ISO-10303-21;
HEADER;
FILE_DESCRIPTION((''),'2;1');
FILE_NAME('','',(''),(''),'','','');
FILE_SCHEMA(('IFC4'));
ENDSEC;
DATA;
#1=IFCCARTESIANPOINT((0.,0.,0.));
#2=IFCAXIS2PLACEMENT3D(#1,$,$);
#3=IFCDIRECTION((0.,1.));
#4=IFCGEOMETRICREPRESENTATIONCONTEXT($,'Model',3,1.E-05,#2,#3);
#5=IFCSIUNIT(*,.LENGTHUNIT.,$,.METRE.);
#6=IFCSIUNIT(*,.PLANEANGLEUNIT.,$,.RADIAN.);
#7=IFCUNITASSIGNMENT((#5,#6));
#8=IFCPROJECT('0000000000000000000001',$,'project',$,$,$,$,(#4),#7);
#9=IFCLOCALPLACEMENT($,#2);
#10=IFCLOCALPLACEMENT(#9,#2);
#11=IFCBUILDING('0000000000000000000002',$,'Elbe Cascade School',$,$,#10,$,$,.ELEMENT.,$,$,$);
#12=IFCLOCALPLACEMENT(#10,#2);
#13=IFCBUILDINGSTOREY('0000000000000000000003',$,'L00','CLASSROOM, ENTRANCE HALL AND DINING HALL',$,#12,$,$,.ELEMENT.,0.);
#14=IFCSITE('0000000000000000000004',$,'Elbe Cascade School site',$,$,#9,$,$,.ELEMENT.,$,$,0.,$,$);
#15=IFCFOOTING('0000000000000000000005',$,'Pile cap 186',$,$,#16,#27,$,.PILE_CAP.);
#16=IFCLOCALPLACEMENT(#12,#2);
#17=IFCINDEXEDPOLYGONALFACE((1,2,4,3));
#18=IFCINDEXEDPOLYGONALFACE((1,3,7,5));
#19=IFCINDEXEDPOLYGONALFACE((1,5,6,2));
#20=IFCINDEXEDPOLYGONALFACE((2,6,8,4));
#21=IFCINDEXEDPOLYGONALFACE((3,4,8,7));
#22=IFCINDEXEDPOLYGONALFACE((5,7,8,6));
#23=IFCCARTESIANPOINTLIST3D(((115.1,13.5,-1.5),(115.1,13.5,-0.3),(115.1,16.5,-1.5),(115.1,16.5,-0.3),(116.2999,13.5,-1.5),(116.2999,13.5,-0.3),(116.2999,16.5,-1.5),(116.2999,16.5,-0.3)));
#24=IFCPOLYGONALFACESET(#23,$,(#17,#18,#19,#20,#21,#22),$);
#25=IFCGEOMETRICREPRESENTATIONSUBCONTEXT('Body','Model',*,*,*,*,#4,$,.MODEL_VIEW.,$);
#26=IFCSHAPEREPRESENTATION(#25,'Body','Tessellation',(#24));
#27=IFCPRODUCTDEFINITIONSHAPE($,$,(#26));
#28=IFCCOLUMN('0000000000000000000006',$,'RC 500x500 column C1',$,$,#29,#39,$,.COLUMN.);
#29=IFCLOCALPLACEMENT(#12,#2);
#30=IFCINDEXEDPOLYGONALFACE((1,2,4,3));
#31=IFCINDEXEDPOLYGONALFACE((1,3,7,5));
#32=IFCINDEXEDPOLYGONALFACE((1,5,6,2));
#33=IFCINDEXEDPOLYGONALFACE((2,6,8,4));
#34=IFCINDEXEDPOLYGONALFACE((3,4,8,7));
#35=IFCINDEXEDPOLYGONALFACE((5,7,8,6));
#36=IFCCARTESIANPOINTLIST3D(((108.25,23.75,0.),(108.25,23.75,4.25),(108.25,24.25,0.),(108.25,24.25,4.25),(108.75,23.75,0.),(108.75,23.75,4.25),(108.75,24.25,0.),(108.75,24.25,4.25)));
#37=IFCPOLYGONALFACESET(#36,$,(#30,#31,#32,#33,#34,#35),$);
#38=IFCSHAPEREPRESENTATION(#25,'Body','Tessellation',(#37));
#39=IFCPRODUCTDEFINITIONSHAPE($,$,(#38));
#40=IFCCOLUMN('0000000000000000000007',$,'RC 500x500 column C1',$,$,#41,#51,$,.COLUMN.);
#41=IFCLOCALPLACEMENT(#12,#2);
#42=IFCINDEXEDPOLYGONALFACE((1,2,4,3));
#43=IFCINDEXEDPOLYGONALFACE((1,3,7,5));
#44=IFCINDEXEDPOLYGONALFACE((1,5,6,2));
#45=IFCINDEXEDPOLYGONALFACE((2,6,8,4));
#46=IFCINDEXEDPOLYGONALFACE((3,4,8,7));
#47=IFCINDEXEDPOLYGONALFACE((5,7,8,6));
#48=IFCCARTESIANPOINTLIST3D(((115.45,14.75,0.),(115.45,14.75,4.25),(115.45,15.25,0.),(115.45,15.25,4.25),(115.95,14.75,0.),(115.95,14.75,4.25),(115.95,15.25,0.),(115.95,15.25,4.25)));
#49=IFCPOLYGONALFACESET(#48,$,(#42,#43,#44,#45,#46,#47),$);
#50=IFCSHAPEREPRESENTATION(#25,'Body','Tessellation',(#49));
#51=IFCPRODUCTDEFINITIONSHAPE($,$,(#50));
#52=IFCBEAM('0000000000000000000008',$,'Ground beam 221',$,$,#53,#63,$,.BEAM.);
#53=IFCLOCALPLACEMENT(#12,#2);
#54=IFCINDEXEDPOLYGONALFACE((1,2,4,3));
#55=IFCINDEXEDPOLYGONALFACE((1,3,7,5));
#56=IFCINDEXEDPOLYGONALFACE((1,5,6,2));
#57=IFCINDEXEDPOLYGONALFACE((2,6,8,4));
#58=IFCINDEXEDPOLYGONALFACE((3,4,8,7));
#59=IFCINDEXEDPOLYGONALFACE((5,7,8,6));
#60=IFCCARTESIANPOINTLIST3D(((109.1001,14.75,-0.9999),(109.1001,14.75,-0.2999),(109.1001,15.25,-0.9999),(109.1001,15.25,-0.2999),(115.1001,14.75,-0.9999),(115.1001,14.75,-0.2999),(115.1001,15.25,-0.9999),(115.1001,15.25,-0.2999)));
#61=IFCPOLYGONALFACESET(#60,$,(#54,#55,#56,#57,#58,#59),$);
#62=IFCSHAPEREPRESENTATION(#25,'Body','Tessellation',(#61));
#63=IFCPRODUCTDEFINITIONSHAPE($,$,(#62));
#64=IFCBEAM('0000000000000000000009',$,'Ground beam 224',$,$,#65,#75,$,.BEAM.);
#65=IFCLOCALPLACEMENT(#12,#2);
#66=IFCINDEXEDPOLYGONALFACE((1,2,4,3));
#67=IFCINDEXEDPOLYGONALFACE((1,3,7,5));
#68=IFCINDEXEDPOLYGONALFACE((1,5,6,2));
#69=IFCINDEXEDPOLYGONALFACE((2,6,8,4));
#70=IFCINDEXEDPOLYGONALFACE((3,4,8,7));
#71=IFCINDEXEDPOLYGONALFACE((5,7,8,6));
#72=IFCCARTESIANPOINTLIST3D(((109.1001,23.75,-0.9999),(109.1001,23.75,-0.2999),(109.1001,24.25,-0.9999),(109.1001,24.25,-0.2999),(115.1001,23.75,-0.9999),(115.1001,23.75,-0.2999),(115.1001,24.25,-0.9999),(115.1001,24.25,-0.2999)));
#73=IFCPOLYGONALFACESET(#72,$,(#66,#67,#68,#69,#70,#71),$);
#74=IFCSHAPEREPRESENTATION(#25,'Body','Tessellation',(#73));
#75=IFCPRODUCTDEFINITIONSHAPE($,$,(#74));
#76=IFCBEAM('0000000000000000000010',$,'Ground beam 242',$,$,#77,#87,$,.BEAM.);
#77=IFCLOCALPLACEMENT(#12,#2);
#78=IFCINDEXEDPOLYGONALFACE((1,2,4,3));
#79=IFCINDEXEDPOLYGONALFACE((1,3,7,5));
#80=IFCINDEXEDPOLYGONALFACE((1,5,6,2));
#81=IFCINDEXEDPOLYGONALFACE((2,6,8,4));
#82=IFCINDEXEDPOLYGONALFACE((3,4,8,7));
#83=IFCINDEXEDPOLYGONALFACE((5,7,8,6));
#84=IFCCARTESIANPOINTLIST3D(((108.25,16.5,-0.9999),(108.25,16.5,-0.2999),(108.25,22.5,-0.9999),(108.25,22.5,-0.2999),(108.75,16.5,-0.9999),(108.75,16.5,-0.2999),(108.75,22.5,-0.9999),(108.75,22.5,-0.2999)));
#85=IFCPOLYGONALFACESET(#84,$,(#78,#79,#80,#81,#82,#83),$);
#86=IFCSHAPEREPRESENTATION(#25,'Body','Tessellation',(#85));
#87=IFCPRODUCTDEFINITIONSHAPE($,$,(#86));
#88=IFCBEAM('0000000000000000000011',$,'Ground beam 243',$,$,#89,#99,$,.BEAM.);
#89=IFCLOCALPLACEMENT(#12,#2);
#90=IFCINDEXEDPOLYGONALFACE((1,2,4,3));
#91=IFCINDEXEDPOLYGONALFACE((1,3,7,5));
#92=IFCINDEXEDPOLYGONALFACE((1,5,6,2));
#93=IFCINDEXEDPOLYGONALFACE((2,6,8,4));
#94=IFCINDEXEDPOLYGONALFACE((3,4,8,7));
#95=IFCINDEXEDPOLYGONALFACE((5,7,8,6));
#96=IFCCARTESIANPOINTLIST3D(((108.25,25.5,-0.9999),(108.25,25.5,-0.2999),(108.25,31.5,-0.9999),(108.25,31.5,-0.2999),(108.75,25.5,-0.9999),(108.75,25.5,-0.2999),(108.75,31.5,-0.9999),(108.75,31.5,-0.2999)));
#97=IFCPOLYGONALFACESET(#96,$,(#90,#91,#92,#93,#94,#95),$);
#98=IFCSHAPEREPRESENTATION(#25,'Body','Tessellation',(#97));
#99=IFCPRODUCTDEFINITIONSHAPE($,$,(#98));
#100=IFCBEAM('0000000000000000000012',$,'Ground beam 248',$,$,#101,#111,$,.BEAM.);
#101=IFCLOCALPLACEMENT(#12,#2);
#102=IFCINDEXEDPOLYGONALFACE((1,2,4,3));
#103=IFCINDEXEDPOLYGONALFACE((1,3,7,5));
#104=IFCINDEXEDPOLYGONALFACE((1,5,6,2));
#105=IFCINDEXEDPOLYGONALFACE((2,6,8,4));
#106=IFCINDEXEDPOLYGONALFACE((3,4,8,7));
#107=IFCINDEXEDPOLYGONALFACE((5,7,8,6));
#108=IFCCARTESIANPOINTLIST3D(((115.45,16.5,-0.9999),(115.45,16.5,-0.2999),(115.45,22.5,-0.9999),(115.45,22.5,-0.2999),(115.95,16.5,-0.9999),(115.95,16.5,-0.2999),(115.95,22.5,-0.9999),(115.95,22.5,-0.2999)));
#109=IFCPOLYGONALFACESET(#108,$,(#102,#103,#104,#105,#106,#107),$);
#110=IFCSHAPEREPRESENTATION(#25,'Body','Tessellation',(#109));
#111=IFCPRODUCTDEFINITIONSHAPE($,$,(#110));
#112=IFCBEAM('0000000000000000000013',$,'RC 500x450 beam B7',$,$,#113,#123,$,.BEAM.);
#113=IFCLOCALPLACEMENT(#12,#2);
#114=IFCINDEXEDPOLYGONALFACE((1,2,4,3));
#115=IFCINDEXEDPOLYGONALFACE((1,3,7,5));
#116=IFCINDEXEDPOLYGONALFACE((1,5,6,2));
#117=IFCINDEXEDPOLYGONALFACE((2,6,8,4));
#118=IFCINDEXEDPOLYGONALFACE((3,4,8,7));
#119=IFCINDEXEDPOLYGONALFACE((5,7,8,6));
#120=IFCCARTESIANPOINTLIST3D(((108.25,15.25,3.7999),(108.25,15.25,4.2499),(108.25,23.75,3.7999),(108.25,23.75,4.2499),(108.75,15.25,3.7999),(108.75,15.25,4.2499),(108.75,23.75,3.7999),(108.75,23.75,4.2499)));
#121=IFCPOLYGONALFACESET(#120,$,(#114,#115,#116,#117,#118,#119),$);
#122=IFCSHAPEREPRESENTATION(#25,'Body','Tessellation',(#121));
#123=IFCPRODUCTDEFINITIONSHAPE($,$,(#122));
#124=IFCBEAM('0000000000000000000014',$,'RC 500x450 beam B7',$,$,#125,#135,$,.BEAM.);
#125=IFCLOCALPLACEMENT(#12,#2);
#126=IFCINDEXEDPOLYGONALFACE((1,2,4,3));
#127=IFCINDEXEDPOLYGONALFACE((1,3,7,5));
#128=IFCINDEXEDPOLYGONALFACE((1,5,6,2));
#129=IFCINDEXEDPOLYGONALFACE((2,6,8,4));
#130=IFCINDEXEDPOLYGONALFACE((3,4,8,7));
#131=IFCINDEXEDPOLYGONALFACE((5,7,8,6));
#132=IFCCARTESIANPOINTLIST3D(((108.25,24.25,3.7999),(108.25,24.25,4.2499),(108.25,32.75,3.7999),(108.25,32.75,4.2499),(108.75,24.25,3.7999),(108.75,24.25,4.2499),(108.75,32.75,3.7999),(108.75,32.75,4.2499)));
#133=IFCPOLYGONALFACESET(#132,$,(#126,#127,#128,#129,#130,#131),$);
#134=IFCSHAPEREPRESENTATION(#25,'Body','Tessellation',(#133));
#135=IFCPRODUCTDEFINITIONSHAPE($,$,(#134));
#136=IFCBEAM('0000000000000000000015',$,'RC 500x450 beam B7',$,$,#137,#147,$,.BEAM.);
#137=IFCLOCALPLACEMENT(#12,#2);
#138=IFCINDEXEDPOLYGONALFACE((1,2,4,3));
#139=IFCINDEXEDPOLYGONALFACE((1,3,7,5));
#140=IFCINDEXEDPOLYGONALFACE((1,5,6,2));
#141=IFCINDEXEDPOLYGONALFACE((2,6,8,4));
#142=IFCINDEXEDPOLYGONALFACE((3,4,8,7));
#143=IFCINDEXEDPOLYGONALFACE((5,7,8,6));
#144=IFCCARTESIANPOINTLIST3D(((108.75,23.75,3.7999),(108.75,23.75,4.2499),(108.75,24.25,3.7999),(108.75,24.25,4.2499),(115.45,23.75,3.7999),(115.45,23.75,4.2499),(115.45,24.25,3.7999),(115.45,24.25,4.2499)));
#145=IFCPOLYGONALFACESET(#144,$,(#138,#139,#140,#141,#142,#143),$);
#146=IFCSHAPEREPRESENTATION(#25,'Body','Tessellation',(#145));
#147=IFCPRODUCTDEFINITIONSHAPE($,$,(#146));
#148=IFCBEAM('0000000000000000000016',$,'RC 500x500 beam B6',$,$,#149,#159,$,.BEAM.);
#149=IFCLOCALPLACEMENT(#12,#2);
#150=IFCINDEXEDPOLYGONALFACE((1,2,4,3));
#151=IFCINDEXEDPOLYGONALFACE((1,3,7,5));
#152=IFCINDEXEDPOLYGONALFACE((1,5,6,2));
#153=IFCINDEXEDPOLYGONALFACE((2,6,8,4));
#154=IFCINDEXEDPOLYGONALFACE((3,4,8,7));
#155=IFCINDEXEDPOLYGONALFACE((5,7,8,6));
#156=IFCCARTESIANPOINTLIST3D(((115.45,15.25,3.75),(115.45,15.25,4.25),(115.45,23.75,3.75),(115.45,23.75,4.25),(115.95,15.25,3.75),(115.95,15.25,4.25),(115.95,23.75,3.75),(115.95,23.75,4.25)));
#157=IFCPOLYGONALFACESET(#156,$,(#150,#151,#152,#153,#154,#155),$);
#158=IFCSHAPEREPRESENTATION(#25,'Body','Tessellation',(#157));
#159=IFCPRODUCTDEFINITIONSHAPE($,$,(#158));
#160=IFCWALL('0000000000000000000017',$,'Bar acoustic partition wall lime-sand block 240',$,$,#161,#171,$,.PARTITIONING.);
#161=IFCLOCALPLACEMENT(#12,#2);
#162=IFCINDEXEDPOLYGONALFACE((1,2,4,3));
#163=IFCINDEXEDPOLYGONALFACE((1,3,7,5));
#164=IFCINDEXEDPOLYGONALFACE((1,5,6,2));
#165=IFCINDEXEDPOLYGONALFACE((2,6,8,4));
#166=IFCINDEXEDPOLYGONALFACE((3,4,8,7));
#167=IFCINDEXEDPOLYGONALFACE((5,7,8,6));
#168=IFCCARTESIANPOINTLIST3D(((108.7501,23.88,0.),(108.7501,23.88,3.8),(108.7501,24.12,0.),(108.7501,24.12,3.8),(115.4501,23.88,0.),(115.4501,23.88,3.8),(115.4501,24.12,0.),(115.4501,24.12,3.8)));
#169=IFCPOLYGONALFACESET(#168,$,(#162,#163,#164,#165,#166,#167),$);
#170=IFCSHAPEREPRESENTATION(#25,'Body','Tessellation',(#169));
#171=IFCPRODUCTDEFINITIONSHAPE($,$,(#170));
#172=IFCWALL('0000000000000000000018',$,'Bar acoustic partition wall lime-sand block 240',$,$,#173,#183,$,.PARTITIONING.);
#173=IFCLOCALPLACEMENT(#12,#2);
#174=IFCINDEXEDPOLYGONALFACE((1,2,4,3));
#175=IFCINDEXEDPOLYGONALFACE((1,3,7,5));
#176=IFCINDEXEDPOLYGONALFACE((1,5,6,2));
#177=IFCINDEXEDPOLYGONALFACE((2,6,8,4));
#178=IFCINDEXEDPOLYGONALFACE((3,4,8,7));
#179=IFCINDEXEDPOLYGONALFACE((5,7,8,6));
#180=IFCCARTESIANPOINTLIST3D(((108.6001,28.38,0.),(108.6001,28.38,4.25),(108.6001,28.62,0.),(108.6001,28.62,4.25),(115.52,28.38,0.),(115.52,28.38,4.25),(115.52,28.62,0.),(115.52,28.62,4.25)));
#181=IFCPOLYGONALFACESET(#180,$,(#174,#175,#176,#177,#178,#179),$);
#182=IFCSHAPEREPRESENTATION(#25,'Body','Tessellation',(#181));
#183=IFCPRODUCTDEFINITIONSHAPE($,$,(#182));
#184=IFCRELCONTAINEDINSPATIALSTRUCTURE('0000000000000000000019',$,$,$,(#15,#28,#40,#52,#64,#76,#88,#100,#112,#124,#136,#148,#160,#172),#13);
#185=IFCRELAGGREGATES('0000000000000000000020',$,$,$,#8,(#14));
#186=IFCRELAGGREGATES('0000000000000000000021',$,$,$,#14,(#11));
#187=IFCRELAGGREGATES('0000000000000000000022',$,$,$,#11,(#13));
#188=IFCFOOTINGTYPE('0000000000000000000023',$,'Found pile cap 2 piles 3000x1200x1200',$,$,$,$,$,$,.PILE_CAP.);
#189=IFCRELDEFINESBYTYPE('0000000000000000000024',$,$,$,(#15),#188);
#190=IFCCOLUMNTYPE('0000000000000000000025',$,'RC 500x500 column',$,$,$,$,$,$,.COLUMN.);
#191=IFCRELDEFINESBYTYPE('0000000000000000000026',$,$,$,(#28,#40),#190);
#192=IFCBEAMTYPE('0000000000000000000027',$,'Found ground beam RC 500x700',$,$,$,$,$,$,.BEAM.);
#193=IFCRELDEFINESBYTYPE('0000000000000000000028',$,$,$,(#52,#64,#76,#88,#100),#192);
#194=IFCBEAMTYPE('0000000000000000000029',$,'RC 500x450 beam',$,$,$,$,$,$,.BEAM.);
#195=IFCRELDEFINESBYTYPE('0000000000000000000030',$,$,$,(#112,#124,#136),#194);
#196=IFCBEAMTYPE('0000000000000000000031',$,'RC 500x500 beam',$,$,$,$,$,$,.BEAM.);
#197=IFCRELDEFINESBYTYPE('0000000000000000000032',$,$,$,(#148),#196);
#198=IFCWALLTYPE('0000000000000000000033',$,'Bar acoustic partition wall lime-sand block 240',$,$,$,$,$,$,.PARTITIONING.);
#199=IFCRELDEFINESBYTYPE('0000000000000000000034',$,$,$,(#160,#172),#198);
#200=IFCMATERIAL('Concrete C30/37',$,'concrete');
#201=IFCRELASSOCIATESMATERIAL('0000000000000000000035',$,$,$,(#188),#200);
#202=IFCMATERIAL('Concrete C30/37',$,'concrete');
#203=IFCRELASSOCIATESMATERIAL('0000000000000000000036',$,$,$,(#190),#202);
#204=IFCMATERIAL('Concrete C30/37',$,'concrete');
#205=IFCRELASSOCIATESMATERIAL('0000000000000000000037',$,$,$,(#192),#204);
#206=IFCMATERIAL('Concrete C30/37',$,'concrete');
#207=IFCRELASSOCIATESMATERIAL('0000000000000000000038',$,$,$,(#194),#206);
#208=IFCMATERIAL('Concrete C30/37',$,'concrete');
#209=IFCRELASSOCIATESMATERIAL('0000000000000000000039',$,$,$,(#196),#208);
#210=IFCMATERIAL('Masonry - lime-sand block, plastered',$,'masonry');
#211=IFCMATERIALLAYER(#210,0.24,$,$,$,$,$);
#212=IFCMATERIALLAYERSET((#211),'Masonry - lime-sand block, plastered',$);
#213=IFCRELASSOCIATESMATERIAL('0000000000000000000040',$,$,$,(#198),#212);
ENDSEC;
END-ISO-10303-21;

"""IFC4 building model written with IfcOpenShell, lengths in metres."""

from ifc_helpers import new_model, si_unit, direction, frame, frame_2d, origin, origin_2d, place, context, subcontext, project, spatial, rectangle, extrude, material, layer, layer_set, material_profile, profile_set, type_object, element, save


model = new_model("IFC4")

# Units and contexts
model_context = context("Model", 3, precision=1e-05, world=origin(), true_north=direction((0.0, 1.0)))
body_context = subcontext(model_context, "Body", "Model", "MODEL_VIEW")
ifc_project = project(units=[si_unit("LENGTHUNIT", "METRE"), si_unit("PLANEANGLEUNIT", "RADIAN")], contexts=[model_context])

# Site, building, storey
site_placement = place(None, origin())
site = spatial("IfcSite", under=ifc_project, at=site_placement, Name="Elbe Cascade School site", CompositionType="ELEMENT", RefElevation=0.0)
building_placement = place(site_placement, origin())
building = spatial("IfcBuilding", under=site, at=building_placement, Name="Elbe Cascade School", CompositionType="ELEMENT")
storey_placement = place(building_placement, origin())
storey = spatial("IfcBuildingStorey", under=building, at=storey_placement, Name="L00", Description="CLASSROOM, ENTRANCE HALL AND DINING HALL", CompositionType="ELEMENT", Elevation=0.0)

# Footing
ifc_material_1 = material(Name="Concrete C30/37", Category="concrete")
footing_type = type_object("IfcFootingType", Name="Found pile cap 2 piles 3000x1200x1200", PredefinedType="PILE_CAP", material=ifc_material_1)
for number, where, z_axis, x_axis, name in (
    (1, (115.7, 15.0, -1.5), (0.0, 0.0, 1.0), (1.0, 0.0, 0.0), "Pile cap 186"),
):
    element("IfcFooting", number, at=place(storey_placement, frame(where, z_axis=z_axis, x_axis=x_axis)), inside=storey, type_object=footing_type, Name=name, PredefinedType="PILE_CAP", context=body_context, shape_type="SweptSolid", body=[
        extrude(rectangle(XDim=1.2, YDim=3.0, at=origin_2d()), origin(), (0.0, 0.0, 1.0), 1.2),
    ])

# Columns
ifc_material_2 = material(Name="Concrete C30/37", Category="concrete")
ifc_material_profile_1 = material_profile(ifc_material_2, rectangle(XDim=0.5, YDim=0.5, at=origin_2d()), Name="RC 500x500")
ifc_profile_set_1 = profile_set([ifc_material_profile_1], Name="Concrete C30/37")
column_type = type_object("IfcColumnType", Name="RC 500x500 column", PredefinedType="COLUMN", material=ifc_profile_set_1)
for number, where, z_axis, x_axis, name in (
    (2, (108.5, 24.0, 0.0), (0.0, 0.0, 1.0), (1.0, 0.0, 0.0), "RC 500x500 column C1"),
    (3, (115.7, 15.0, 0.0), (0.0, 0.0, 1.0), (1.0, 0.0, 0.0), "RC 500x500 column C1"),
):
    element("IfcColumn", number, at=place(storey_placement, frame(where, z_axis=z_axis, x_axis=x_axis)), inside=storey, type_object=column_type, Name=name, PredefinedType="COLUMN", context=body_context, shape_type="SweptSolid", body=[
        extrude(rectangle(XDim=0.5, YDim=0.5, at=origin_2d()), origin(), (0.0, 0.0, 1.0), 4.25),
    ])

# Beams
ifc_material_3 = material(Name="Concrete C30/37", Category="concrete")
ifc_material_profile_2 = material_profile(ifc_material_3, rectangle(XDim=0.5, YDim=0.7, at=origin_2d()), Name="RC 500x700")
ifc_profile_set_2 = profile_set([ifc_material_profile_2], Name="Concrete C30/37")
beam_type_1 = type_object("IfcBeamType", Name="Found ground beam RC 500x700", PredefinedType="BEAM", material=ifc_profile_set_2)
for number, where, z_axis, x_axis, name in (
    (4, (109.1001, 15.0, -0.6499), (1.0, 0.0, 0.0), (0.0, 1.0, 0.0), "Ground beam 221"),
    (5, (109.1001, 24.0, -0.6499), (1.0, 0.0, 0.0), (0.0, 1.0, 0.0), "Ground beam 224"),
    (6, (108.5, 16.5, -0.6499), (0.0, 1.0, 0.0), (-1.0, 0.0, 0.0), "Ground beam 242"),
    (7, (108.5, 25.5, -0.6499), (0.0, 1.0, 0.0), (-1.0, 0.0, 0.0), "Ground beam 243"),
    (8, (115.7, 16.5, -0.6499), (0.0, 1.0, 0.0), (-1.0, 0.0, 0.0), "Ground beam 248"),
):
    element("IfcBeam", number, at=place(storey_placement, frame(where, z_axis=z_axis, x_axis=x_axis)), inside=storey, type_object=beam_type_1, Name=name, PredefinedType="BEAM", context=body_context, shape_type="SweptSolid", body=[
        extrude(rectangle(XDim=0.5, YDim=0.7, at=origin_2d()), origin(), (0.0, 0.0, 1.0), 6.0),
    ])
ifc_material_4 = material(Name="Concrete C30/37", Category="concrete")
ifc_material_profile_3 = material_profile(ifc_material_4, rectangle(XDim=0.5, YDim=0.45, at=origin_2d()), Name="RC 500x450")
ifc_profile_set_3 = profile_set([ifc_material_profile_3], Name="Concrete C30/37")
beam_type_2 = type_object("IfcBeamType", Name="RC 500x450 beam", PredefinedType="BEAM", material=ifc_profile_set_3)
for number, where, z_axis, x_axis, name in (
    (9, (108.5, 15.25, 4.0249), (0.0, 1.0, 0.0), (-1.0, 0.0, 0.0), "RC 500x450 beam B7"),
    (10, (108.5, 24.25, 4.0249), (0.0, 1.0, 0.0), (-1.0, 0.0, 0.0), "RC 500x450 beam B7"),
):
    element("IfcBeam", number, at=place(storey_placement, frame(where, z_axis=z_axis, x_axis=x_axis)), inside=storey, type_object=beam_type_2, Name=name, PredefinedType="BEAM", context=body_context, shape_type="SweptSolid", body=[
        extrude(rectangle(XDim=0.5, YDim=0.45, at=origin_2d()), origin(), (0.0, 0.0, 1.0), 8.5),
    ])
beam_1_placement = place(storey_placement, frame((108.75, 24.0, 4.0249), z_axis=(1.0, 0.0, 0.0), x_axis=(0.0, 1.0, 0.0)))
element("IfcBeam", 11, at=beam_1_placement, inside=storey, type_object=beam_type_2, Name="RC 500x450 beam B7", PredefinedType="BEAM", context=body_context, shape_type="SweptSolid", body=[
    extrude(rectangle(XDim=0.5, YDim=0.45, at=origin_2d()), origin(), (0.0, 0.0, 1.0), 6.7),
])
ifc_material_5 = material(Name="Concrete C30/37", Category="concrete")
ifc_material_profile_4 = material_profile(ifc_material_5, rectangle(XDim=0.5, YDim=0.5, at=origin_2d()), Name="RC 500x500")
ifc_profile_set_4 = profile_set([ifc_material_profile_4], Name="Concrete C30/37")
beam_type_3 = type_object("IfcBeamType", Name="RC 500x500 beam", PredefinedType="BEAM", material=ifc_profile_set_4)
beam_2_placement = place(storey_placement, frame((115.7, 15.25, 4.0), z_axis=(0.0, 1.0, 0.0), x_axis=(-1.0, 0.0, 0.0)))
element("IfcBeam", 12, at=beam_2_placement, inside=storey, type_object=beam_type_3, Name="RC 500x500 beam B6", PredefinedType="BEAM", context=body_context, shape_type="SweptSolid", body=[
    extrude(rectangle(XDim=0.5, YDim=0.5, at=origin_2d()), origin(), (0.0, 0.0, 1.0), 8.5),
])

# Walls
ifc_material_6 = material(Name="Masonry - lime-sand block, plastered", Category="masonry")
ifc_layer_1 = layer(ifc_material_6, 0.24)
ifc_layer_set_1 = layer_set([ifc_layer_1], Name="Masonry - lime-sand block, plastered")
wall_type_1 = type_object("IfcWallType", Name="Bar acoustic partition wall lime-sand block 240", PredefinedType="PARTITIONING", material=ifc_layer_set_1)
wall_1_placement = place(storey_placement, frame((108.75, 24.0, 0.0), z_axis=(0.0, 0.0, 1.0), x_axis=(1.0, 0.0, 0.0)))
element("IfcWall", 13, at=wall_1_placement, inside=storey, type_object=wall_type_1, Name="Bar acoustic partition wall lime-sand block 240", PredefinedType="PARTITIONING", context=body_context, shape_type="SweptSolid", body=[
    extrude(rectangle(XDim=6.7, YDim=0.24, at=frame_2d((3.3501, 0.0))), origin(), (0.0, 0.0, 1.0), 3.8),
])
wall_2_placement = place(storey_placement, frame((108.6001, 28.5, 0.0), z_axis=(0.0, 0.0, 1.0), x_axis=(1.0, 0.0, 0.0)))
element("IfcWall", 14, at=wall_2_placement, inside=storey, type_object=wall_type_1, Name="Bar acoustic partition wall lime-sand block 240", PredefinedType="PARTITIONING", context=body_context, shape_type="SweptSolid", body=[
    extrude(rectangle(XDim=6.9199, YDim=0.24, at=frame_2d((3.46, 0.0))), origin(), (0.0, 0.0, 1.0), 4.25),
])

save(model, "model.ifc")
